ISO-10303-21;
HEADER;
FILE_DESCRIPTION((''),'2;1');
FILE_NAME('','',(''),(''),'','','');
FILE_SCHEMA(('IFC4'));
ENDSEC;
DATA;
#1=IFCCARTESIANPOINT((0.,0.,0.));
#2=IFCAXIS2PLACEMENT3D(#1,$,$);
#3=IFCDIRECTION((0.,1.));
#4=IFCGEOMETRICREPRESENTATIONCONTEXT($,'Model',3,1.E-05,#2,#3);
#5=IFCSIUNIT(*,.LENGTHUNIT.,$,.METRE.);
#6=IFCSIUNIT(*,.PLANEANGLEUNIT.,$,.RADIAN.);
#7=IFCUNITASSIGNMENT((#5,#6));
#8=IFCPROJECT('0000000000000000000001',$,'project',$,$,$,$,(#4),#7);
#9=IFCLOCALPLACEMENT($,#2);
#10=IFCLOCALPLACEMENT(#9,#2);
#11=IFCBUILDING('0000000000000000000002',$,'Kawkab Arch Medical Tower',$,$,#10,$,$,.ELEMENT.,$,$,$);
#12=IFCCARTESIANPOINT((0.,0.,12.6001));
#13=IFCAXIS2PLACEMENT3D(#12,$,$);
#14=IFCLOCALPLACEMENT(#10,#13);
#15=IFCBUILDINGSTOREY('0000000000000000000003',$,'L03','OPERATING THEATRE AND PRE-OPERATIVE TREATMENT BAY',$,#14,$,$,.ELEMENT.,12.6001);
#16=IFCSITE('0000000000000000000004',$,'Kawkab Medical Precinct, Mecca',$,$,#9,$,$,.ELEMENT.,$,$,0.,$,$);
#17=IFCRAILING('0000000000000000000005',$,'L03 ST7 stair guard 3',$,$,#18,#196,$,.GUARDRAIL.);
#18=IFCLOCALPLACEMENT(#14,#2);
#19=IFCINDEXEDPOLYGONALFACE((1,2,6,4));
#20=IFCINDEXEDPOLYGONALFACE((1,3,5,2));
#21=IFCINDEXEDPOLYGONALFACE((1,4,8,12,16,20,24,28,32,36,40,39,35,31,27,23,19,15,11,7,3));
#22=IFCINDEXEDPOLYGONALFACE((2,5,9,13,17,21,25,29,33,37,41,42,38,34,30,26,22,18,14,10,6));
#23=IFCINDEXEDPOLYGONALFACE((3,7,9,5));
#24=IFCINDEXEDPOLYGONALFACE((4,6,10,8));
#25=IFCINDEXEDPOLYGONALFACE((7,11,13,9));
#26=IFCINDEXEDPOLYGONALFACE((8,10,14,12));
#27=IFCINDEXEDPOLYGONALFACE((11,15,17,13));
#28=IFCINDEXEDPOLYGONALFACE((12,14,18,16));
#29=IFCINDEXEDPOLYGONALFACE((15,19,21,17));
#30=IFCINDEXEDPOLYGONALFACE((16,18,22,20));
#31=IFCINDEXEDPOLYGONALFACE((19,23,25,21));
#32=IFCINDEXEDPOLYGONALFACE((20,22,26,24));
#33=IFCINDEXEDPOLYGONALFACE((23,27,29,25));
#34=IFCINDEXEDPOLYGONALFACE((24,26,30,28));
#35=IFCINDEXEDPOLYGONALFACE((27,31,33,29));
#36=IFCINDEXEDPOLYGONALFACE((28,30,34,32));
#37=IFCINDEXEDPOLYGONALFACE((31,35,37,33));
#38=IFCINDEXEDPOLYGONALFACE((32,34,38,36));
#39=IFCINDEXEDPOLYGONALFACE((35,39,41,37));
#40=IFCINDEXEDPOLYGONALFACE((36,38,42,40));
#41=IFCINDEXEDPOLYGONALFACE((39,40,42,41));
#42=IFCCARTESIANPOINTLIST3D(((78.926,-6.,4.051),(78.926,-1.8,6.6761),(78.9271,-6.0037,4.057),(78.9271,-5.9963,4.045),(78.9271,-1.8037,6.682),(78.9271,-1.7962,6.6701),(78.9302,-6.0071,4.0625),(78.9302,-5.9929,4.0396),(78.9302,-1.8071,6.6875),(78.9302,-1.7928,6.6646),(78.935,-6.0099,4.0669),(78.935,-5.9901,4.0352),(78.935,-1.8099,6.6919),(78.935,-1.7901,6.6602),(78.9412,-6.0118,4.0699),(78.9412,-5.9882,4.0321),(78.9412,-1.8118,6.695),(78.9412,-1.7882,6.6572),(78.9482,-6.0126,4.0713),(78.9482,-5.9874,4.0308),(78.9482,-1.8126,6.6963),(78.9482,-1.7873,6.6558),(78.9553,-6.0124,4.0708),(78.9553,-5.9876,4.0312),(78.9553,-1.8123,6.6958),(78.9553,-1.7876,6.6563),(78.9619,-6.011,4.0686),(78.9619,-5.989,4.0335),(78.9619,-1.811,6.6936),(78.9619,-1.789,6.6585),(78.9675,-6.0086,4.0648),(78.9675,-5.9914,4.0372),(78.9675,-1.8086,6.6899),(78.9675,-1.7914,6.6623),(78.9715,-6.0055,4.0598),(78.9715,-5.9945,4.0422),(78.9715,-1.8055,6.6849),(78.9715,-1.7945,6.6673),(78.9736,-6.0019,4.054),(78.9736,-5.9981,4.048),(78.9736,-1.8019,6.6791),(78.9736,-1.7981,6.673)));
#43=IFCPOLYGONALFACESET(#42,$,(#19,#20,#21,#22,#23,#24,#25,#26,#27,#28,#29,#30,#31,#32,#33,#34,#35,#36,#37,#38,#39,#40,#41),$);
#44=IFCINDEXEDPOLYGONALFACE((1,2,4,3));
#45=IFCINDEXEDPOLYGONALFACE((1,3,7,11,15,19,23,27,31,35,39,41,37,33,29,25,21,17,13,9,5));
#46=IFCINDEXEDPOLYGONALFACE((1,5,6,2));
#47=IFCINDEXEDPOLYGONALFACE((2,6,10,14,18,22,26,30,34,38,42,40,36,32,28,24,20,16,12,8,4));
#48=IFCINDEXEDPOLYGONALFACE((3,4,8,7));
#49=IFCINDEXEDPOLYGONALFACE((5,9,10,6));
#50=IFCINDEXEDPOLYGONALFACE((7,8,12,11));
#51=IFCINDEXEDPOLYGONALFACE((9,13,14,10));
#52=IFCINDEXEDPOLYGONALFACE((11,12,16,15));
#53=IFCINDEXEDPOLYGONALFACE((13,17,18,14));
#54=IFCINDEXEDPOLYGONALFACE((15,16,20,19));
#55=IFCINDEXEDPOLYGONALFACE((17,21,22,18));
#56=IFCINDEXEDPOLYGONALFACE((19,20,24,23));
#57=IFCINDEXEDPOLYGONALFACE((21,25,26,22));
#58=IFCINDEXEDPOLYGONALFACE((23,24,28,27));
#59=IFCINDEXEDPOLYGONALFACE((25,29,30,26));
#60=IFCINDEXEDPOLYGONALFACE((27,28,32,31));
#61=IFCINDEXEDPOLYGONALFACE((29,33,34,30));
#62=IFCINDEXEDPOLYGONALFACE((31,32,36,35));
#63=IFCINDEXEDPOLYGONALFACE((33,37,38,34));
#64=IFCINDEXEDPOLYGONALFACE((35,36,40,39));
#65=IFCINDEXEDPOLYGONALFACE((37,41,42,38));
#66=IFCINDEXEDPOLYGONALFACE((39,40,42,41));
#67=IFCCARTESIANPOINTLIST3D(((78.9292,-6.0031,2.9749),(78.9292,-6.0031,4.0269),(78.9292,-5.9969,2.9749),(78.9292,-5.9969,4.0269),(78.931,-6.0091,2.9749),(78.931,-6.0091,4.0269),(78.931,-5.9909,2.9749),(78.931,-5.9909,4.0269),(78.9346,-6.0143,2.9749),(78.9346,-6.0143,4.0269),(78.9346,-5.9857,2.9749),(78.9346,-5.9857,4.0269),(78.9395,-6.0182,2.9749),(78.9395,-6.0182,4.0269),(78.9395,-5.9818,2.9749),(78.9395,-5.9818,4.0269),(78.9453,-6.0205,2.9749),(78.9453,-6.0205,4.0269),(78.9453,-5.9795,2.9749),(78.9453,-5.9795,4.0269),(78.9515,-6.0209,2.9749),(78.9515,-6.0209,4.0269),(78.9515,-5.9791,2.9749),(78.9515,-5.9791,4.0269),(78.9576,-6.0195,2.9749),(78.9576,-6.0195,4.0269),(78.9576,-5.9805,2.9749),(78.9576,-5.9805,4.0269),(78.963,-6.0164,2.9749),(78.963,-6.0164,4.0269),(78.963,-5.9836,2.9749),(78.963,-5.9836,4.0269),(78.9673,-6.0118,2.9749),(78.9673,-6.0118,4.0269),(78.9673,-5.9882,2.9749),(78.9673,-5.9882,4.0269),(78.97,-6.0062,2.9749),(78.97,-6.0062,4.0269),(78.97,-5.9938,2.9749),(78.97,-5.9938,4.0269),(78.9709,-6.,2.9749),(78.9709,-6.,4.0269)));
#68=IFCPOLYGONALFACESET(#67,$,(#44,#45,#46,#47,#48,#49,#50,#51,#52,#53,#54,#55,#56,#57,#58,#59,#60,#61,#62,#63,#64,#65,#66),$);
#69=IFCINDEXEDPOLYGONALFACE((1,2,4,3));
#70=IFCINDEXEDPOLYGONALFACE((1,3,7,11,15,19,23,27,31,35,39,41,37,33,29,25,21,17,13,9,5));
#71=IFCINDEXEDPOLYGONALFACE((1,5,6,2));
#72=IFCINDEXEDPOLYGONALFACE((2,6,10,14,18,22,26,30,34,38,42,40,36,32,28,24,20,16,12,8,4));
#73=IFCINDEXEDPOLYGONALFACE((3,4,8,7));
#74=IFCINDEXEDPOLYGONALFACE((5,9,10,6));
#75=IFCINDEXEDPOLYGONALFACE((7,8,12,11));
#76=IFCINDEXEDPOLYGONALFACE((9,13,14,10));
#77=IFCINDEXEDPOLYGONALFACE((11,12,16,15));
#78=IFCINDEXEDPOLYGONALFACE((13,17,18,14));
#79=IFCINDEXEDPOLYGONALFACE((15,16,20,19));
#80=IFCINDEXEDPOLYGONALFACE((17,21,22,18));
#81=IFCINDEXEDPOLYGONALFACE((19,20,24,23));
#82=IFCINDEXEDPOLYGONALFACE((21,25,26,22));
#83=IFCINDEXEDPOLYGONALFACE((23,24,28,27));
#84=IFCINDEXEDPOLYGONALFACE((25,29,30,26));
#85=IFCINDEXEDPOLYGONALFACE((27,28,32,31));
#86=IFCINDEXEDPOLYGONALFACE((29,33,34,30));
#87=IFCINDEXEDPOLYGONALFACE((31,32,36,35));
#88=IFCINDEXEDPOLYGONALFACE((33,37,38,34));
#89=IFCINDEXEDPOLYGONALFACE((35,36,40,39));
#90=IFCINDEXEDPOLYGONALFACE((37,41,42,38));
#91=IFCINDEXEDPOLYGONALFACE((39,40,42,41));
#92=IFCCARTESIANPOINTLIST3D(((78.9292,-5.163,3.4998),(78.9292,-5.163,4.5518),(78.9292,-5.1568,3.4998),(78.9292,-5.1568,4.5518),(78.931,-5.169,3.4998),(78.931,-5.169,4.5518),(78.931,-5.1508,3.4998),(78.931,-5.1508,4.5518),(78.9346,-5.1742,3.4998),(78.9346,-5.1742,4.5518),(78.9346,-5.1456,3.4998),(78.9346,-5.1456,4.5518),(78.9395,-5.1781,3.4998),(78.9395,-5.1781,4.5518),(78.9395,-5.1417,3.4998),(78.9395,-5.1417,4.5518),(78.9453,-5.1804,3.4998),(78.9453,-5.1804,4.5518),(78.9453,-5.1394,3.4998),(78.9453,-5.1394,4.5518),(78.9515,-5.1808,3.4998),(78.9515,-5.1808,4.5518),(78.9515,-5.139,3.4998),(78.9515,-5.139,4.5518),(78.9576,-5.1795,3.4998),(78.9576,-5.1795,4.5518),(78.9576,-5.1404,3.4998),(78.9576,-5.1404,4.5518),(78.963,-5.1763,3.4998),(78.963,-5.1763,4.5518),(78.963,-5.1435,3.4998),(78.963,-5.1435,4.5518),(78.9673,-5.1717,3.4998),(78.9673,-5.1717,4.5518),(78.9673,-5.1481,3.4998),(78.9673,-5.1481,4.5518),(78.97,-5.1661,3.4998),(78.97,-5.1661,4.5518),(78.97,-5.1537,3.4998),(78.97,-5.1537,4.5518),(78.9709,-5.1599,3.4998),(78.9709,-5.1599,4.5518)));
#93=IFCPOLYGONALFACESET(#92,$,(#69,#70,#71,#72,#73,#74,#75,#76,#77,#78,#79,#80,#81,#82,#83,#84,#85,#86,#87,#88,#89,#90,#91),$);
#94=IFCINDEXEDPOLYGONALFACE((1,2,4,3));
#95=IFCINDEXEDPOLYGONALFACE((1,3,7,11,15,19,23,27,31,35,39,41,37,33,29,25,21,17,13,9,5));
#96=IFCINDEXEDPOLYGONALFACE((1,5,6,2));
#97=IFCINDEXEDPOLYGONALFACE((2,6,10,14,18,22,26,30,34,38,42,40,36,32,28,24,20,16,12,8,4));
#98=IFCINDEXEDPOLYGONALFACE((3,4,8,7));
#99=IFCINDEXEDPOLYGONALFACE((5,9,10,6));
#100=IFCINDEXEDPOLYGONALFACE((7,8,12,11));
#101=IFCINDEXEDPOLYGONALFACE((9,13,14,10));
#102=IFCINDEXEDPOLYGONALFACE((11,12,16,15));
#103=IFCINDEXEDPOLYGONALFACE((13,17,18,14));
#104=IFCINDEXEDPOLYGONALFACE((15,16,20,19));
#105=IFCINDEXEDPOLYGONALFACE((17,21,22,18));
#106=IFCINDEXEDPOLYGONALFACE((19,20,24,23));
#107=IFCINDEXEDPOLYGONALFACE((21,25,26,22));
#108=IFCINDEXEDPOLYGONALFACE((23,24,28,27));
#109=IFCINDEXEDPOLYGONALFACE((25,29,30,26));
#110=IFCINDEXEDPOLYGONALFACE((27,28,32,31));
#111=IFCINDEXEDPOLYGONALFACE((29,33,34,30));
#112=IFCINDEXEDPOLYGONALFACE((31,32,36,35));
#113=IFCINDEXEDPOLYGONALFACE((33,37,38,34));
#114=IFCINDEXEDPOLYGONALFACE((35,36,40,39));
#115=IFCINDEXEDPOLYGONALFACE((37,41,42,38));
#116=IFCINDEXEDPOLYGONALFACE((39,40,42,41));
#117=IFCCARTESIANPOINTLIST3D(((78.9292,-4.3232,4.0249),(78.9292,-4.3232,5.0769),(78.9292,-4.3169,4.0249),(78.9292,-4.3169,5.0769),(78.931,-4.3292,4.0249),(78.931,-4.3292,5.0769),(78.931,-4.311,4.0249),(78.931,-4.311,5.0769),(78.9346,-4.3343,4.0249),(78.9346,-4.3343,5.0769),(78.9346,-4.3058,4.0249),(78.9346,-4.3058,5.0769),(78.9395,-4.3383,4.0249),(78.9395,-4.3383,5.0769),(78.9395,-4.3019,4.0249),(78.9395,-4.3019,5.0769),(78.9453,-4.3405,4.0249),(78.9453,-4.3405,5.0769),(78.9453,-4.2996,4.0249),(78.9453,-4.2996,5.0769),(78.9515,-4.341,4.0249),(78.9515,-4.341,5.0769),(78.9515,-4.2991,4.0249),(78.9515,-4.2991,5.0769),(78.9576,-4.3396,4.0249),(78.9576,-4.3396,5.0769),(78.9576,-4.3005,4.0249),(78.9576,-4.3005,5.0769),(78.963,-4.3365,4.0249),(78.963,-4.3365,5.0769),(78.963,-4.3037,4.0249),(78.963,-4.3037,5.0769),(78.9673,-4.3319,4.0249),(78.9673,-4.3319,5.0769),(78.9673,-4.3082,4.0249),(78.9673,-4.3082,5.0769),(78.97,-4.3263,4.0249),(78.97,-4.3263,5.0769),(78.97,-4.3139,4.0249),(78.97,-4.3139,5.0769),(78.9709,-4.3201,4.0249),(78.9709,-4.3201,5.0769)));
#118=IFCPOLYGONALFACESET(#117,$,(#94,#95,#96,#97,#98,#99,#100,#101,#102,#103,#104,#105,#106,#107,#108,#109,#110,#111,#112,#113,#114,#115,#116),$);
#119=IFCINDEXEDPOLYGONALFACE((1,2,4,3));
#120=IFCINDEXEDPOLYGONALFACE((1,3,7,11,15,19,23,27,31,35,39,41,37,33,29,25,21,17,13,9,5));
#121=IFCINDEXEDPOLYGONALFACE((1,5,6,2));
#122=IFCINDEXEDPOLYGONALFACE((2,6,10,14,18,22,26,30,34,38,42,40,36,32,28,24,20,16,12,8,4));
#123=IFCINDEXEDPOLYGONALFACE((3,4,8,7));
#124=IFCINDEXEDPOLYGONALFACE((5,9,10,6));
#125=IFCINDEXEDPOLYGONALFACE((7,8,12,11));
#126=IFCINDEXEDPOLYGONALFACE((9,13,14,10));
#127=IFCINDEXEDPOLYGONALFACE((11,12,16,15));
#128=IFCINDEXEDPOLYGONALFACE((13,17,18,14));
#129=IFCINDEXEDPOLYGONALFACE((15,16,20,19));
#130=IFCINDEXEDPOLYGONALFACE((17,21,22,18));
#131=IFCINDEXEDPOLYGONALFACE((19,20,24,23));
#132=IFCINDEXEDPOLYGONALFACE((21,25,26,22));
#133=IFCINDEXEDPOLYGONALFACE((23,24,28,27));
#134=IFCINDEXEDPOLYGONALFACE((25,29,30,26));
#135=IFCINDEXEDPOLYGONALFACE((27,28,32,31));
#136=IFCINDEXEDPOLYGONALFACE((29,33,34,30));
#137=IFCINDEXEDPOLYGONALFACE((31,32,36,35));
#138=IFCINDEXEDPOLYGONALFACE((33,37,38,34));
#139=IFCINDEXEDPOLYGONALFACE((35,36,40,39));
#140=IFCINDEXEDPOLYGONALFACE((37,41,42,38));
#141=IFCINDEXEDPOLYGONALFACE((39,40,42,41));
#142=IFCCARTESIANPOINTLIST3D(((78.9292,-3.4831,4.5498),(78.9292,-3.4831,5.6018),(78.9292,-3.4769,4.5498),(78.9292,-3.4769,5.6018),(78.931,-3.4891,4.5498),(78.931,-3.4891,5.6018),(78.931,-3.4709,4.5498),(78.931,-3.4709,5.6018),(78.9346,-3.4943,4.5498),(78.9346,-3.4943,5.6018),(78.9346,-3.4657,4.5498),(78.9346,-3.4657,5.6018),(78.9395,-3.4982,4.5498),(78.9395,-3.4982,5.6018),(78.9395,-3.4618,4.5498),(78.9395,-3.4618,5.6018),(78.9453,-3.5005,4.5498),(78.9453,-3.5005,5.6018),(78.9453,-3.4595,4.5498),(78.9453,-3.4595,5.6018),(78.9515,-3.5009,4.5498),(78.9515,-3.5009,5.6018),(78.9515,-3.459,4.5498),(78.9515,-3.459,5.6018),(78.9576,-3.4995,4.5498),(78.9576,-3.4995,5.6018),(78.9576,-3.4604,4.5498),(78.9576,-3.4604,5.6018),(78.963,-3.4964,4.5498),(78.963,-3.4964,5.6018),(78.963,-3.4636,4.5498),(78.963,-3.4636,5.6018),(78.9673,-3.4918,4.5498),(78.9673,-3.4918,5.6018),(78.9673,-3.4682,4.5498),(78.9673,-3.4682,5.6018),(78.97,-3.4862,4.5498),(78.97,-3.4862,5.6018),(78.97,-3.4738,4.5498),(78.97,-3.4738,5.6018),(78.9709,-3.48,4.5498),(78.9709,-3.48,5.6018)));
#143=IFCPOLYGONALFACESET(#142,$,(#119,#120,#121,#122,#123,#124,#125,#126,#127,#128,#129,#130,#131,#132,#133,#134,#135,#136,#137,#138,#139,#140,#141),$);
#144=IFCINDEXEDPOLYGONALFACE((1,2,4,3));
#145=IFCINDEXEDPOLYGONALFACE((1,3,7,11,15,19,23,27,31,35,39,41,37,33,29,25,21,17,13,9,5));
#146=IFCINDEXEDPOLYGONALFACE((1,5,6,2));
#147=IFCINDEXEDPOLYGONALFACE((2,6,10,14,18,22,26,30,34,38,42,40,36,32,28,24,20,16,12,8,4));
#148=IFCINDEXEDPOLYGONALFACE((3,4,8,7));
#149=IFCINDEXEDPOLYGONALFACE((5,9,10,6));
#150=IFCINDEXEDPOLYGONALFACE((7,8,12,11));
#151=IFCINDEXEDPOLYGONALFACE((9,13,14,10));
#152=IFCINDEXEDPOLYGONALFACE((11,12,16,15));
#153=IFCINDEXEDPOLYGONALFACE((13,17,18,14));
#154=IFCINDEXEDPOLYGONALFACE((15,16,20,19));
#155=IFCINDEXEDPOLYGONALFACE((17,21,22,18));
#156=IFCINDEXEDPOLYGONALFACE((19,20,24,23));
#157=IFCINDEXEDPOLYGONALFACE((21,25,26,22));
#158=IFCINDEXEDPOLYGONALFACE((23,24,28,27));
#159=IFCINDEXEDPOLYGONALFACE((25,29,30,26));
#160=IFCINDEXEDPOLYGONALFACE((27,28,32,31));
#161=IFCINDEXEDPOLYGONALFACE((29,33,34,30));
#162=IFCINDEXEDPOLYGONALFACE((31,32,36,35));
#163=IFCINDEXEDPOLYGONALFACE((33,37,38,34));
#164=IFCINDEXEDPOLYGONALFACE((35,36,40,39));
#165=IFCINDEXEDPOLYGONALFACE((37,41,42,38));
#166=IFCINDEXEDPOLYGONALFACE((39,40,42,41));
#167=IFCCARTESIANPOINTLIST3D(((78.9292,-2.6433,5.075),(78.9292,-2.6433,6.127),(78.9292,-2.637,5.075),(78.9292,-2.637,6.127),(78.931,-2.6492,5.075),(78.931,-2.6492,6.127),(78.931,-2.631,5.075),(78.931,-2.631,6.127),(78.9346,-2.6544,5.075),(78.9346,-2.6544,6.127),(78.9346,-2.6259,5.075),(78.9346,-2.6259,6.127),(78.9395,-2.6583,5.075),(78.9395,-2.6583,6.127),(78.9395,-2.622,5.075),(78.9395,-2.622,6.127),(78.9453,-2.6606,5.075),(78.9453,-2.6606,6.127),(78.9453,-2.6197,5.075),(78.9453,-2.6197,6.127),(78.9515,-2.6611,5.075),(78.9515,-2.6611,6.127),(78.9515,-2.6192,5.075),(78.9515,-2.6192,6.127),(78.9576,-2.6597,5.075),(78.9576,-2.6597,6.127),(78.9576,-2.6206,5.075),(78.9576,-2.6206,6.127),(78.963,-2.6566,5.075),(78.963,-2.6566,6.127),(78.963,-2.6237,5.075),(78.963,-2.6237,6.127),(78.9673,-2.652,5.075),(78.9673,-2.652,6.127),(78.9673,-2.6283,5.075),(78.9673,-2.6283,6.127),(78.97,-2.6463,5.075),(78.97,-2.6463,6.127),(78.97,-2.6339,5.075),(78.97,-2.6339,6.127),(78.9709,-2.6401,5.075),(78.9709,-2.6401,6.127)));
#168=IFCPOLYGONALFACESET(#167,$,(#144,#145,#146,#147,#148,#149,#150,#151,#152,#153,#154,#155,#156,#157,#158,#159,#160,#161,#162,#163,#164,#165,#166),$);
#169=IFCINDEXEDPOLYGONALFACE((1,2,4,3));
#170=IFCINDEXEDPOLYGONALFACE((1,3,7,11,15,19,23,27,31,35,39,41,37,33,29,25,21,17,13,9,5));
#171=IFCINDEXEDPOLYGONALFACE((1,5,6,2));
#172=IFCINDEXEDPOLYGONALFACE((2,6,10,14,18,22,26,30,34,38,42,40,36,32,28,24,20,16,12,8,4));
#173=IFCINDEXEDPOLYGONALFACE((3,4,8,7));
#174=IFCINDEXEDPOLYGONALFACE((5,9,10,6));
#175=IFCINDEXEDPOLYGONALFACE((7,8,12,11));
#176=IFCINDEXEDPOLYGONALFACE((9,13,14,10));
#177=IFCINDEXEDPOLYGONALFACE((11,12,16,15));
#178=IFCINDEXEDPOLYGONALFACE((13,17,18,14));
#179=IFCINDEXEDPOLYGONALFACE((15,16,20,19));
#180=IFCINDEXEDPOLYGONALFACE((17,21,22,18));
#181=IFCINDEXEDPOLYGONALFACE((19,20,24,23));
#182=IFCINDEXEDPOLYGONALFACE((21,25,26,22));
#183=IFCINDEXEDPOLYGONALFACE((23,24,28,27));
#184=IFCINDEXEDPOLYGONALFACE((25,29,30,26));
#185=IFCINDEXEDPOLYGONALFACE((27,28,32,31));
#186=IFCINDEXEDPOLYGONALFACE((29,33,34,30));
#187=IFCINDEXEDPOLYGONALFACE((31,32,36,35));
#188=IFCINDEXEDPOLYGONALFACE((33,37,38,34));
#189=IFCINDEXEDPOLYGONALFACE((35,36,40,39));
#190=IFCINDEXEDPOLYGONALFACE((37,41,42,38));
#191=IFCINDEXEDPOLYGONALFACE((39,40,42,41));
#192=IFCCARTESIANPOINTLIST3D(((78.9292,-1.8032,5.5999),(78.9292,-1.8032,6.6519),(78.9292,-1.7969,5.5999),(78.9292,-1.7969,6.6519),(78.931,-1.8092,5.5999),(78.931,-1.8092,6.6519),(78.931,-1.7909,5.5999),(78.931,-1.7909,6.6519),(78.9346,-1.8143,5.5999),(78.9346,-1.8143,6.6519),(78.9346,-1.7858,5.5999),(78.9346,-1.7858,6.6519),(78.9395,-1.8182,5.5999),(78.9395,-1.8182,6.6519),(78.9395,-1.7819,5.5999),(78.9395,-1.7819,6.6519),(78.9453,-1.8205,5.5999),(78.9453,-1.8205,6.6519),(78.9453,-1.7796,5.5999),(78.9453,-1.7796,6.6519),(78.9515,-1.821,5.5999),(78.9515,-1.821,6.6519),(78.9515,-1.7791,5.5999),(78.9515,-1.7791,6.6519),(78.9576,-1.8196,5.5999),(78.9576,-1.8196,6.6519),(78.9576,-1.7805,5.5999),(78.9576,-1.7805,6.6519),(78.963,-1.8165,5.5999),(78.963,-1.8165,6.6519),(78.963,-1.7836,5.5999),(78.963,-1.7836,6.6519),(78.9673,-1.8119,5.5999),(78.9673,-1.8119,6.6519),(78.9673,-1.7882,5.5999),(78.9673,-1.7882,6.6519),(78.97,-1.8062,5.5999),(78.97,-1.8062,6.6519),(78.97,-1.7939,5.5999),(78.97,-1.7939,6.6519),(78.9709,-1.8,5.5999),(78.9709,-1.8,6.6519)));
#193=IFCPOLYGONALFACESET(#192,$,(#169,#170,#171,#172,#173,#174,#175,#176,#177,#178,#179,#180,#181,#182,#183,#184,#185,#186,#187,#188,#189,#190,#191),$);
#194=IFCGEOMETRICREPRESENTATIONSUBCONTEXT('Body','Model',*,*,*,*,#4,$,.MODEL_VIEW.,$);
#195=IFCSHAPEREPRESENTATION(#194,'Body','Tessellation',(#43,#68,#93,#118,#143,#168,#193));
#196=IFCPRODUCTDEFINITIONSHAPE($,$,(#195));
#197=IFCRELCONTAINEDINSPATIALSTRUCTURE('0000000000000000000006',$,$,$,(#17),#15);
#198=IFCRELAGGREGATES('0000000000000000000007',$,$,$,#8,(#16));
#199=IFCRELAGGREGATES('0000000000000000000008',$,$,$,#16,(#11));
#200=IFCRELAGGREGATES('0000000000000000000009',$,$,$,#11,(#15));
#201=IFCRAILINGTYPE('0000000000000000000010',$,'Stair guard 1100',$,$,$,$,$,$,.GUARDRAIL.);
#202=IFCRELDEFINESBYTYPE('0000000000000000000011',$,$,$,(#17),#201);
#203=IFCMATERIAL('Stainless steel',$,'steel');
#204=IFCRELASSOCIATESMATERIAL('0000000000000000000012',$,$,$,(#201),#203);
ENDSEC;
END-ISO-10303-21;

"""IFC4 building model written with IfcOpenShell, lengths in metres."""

from ifc_helpers import new_model, si_unit, direction, frame, origin, origin_2d, place, context, subcontext, project, spatial, circle, extrude, material, type_object, element, save


model = new_model("IFC4")

# Units and contexts
model_context = context("Model", 3, precision=1e-05, world=origin(), true_north=direction((0.0, 1.0)))
body_context = subcontext(model_context, "Body", "Model", "MODEL_VIEW")
ifc_project = project(units=[si_unit("LENGTHUNIT", "METRE"), si_unit("PLANEANGLEUNIT", "RADIAN")], contexts=[model_context])

# Site, building, storey
site_placement = place(None, origin())
site = spatial("IfcSite", under=ifc_project, at=site_placement, Name="Kawkab Medical Precinct, Mecca", CompositionType="ELEMENT", RefElevation=0.0)
building_placement = place(site_placement, origin())
building = spatial("IfcBuilding", under=site, at=building_placement, Name="Kawkab Arch Medical Tower", CompositionType="ELEMENT")
storey_placement = place(building_placement, frame((0.0, 0.0, 12.6001)))
storey = spatial("IfcBuildingStorey", under=building, at=storey_placement, Name="L03", Description="OPERATING THEATRE AND PRE-OPERATIVE TREATMENT BAY", CompositionType="ELEMENT", Elevation=12.6001)

# Railing
ifc_material_1 = material(Name="Stainless steel", Category="steel")
railing_type = type_object("IfcRailingType", Name="Stair guard 1100", PredefinedType="GUARDRAIL", material=ifc_material_1)
railing_1_placement = place(storey_placement, frame((78.95, -6.0, 2.9749)))
element("IfcRailing", 1, at=railing_1_placement, inside=storey, type_object=railing_type, Name="L03 ST7 stair guard 3", PredefinedType="GUARDRAIL", context=body_context, shape_type="SweptSolid", body=[
    extrude(circle(Radius=0.0239, at=origin_2d()), frame((0.0, 0.0, 1.0762), z_axis=(0.0, 0.847996, 0.530003), x_axis=(-1.0, 0.0, 0.0)), (0.0, 0.0, 1.0), 4.9529),
    extrude(circle(Radius=0.021, at=origin_2d()), origin(), (0.0, 0.0, 1.0), 1.052),
    extrude(circle(Radius=0.021, at=origin_2d()), frame((0.0, 0.8401, 0.5249)), (0.0, 0.0, 1.0), 1.052),
    extrude(circle(Radius=0.021, at=origin_2d()), frame((0.0, 1.6799, 1.05)), (0.0, 0.0, 1.0), 1.052),
    extrude(circle(Radius=0.021, at=origin_2d()), frame((0.0, 2.52, 1.575)), (0.0, 0.0, 1.0), 1.052),
    extrude(circle(Radius=0.021, at=origin_2d()), frame((0.0, 3.3599, 2.1001)), (0.0, 0.0, 1.0), 1.052),
    extrude(circle(Radius=0.021, at=origin_2d()), frame((0.0, 4.2, 2.625)), (0.0, 0.0, 1.0), 1.052),
])

save(model, "model.ifc")
